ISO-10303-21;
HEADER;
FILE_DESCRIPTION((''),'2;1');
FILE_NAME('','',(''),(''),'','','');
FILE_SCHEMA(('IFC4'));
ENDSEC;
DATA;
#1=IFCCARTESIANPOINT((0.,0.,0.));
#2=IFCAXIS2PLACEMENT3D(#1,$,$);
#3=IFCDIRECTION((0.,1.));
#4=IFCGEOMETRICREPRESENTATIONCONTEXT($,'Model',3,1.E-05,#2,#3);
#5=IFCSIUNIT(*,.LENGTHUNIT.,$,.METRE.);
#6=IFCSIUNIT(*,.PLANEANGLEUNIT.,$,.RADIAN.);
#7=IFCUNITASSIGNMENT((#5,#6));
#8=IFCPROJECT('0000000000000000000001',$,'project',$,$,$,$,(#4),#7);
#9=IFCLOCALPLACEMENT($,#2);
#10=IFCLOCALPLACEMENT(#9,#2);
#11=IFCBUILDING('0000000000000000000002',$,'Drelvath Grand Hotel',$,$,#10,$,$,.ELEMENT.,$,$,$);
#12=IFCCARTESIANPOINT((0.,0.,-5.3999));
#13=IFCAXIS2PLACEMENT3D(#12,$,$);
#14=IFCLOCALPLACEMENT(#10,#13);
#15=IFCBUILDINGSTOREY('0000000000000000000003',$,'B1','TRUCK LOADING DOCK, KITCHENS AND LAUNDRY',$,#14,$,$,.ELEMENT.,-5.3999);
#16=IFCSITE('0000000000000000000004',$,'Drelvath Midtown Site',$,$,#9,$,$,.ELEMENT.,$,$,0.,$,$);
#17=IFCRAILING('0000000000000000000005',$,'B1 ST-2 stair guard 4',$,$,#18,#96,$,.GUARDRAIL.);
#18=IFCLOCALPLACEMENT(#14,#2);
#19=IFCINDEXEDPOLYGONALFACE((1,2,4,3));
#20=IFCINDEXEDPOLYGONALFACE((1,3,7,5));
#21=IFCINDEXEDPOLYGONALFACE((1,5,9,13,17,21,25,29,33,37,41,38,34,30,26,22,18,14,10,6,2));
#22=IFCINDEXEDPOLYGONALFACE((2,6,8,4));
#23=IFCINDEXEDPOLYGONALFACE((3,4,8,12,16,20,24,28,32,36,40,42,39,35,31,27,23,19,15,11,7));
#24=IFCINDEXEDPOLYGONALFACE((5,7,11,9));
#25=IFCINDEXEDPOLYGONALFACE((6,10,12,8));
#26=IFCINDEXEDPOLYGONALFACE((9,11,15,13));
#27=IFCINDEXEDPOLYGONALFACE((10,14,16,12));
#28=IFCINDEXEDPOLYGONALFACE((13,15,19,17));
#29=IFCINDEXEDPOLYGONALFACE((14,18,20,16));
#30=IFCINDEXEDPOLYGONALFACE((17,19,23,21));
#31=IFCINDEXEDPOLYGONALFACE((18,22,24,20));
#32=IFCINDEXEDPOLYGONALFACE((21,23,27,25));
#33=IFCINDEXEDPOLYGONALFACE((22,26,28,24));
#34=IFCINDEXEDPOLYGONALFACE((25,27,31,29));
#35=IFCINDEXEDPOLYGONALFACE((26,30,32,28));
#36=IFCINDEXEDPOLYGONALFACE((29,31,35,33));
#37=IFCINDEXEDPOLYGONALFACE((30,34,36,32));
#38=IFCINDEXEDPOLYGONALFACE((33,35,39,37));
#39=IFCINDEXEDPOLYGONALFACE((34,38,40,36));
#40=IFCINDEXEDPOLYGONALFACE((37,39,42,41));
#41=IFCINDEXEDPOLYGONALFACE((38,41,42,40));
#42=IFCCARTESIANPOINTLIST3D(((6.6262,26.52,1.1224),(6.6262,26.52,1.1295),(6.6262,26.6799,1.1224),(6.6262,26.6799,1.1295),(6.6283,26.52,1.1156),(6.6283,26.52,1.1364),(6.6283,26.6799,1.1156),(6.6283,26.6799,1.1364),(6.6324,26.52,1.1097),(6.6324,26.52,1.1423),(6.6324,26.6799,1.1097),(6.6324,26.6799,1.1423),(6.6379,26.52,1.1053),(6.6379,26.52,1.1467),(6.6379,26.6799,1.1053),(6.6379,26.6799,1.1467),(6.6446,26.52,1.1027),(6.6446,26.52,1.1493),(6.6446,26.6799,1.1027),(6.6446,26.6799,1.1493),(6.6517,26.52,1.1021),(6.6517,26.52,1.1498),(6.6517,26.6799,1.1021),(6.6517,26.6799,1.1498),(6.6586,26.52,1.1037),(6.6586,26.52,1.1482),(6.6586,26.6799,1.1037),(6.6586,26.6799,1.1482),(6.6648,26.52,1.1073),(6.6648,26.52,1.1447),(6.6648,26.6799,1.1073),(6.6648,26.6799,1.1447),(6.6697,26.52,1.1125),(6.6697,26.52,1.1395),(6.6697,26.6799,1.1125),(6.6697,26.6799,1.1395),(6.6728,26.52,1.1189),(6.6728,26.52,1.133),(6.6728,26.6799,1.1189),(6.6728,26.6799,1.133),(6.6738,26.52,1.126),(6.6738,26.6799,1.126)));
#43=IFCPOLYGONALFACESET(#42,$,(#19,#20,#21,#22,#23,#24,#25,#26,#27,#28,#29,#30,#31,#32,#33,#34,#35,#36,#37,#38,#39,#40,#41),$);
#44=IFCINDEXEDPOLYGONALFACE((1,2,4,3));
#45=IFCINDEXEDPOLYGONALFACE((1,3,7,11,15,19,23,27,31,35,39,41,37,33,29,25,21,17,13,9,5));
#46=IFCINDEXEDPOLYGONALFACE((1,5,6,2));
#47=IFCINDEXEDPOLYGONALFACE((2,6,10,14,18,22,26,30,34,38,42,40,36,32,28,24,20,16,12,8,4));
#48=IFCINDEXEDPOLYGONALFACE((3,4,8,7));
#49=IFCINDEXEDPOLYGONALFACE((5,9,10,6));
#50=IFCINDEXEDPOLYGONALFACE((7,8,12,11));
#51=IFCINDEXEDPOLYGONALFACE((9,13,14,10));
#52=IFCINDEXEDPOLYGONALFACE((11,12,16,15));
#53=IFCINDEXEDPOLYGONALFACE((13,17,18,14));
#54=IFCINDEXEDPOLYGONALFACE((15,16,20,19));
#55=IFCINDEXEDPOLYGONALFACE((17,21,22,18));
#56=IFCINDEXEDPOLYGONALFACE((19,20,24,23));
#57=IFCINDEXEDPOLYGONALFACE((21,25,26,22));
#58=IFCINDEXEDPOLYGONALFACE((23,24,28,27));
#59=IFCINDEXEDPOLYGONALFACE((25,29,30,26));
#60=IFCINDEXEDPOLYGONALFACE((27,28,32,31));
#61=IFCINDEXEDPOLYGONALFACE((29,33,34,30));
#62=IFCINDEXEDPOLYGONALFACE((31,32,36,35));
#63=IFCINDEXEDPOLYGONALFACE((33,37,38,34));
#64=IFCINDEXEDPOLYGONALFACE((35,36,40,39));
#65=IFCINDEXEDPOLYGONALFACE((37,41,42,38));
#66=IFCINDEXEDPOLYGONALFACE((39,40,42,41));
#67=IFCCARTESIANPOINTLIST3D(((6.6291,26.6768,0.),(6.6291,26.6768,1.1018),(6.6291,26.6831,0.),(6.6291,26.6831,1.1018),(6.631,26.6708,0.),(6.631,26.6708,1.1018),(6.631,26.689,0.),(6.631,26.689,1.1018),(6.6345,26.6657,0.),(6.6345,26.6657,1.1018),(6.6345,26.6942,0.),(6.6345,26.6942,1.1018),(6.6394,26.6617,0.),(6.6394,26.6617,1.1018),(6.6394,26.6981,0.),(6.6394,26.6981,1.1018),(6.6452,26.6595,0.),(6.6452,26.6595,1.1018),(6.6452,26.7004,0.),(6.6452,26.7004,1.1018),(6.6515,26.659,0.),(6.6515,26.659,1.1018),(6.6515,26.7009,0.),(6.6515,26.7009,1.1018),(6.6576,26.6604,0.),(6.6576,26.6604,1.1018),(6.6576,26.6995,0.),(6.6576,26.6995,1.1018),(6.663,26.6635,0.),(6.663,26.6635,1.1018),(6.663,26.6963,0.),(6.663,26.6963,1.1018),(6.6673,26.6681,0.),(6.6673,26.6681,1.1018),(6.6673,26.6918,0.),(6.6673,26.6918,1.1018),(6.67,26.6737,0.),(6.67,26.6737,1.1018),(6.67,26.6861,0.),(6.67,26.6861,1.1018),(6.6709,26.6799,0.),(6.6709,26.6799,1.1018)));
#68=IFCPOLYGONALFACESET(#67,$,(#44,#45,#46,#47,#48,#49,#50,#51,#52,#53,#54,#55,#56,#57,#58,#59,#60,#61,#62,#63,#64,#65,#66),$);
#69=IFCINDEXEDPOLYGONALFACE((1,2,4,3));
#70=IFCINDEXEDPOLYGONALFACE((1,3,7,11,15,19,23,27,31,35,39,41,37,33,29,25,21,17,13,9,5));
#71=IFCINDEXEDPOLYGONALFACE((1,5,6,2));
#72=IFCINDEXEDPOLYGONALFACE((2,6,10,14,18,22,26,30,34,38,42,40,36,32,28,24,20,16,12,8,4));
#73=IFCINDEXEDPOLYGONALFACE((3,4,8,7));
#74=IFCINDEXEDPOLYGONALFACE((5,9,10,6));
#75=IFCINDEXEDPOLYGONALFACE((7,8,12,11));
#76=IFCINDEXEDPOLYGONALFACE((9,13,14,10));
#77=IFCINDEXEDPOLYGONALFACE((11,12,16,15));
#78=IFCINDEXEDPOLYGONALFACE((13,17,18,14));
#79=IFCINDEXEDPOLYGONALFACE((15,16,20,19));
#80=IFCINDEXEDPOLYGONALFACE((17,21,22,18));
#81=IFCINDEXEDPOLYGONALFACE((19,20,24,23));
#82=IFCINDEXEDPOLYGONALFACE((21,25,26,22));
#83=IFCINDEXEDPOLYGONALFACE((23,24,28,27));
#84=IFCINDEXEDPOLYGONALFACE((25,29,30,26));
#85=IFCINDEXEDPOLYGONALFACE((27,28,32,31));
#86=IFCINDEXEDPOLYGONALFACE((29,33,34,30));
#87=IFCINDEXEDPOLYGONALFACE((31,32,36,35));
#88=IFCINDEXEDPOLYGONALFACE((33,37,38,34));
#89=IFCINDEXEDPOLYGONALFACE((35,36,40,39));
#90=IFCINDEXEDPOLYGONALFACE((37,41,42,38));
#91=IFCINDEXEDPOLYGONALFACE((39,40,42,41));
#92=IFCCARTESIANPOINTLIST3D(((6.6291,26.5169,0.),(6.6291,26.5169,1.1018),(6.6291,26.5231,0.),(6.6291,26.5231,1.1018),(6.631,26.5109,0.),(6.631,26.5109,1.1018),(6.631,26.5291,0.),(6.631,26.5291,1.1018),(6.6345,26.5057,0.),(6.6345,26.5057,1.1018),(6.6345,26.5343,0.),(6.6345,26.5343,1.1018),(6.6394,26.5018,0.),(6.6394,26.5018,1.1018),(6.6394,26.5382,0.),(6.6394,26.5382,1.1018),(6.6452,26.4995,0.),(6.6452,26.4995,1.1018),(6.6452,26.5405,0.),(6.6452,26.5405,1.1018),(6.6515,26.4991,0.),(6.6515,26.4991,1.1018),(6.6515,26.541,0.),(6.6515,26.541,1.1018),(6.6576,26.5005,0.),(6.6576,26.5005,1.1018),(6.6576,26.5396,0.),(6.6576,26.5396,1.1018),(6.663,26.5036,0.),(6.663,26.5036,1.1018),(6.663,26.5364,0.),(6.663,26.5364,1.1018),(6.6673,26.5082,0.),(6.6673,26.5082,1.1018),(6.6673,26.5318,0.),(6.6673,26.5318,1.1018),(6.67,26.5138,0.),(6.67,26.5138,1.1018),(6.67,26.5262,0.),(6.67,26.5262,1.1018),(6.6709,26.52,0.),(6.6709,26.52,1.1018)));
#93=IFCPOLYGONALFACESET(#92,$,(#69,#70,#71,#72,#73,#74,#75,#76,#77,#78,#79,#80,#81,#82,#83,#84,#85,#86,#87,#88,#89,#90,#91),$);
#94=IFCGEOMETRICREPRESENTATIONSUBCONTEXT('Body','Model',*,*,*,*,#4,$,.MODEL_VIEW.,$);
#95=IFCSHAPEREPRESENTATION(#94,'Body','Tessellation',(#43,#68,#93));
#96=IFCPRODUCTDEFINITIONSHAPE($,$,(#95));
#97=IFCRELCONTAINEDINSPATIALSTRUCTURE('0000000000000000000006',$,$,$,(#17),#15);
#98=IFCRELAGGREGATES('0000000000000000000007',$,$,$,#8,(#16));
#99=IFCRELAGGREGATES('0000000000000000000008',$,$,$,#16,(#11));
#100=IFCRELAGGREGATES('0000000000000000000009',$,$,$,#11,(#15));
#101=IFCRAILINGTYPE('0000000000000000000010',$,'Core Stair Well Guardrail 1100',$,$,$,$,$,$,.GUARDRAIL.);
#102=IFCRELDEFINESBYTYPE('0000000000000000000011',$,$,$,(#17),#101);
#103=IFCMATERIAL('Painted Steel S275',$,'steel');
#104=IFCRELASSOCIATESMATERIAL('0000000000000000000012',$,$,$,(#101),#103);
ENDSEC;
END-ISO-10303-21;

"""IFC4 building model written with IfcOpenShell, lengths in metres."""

from ifc_helpers import new_model, si_unit, direction, frame, origin, origin_2d, place, context, subcontext, project, spatial, circle, extrude, material, type_object, element, save


model = new_model("IFC4")

# Units and contexts
model_context = context("Model", 3, precision=1e-05, world=origin(), true_north=direction((0.0, 1.0)))
body_context = subcontext(model_context, "Body", "Model", "MODEL_VIEW")
ifc_project = project(units=[si_unit("LENGTHUNIT", "METRE"), si_unit("PLANEANGLEUNIT", "RADIAN")], contexts=[model_context])

# Site, building, storey
site_placement = place(None, origin())
site = spatial("IfcSite", under=ifc_project, at=site_placement, Name="Drelvath Midtown Site", CompositionType="ELEMENT", RefElevation=0.0)
building_placement = place(site_placement, origin())
building = spatial("IfcBuilding", under=site, at=building_placement, Name="Drelvath Grand Hotel", CompositionType="ELEMENT")
storey_placement = place(building_placement, frame((0.0, 0.0, -5.3999)))
storey = spatial("IfcBuildingStorey", under=building, at=storey_placement, Name="B1", Description="TRUCK LOADING DOCK, KITCHENS AND LAUNDRY", CompositionType="ELEMENT", Elevation=-5.3999)

# Railing
ifc_material_1 = material(Name="Painted Steel S275", Category="steel")
railing_type_1 = type_object("IfcRailingType", Name="Core Stair Well Guardrail 1100", PredefinedType="GUARDRAIL", material=ifc_material_1)
railing_1_placement = place(storey_placement, frame((6.6499, 26.6799, 0.0)))
element("IfcRailing", 1, at=railing_1_placement, inside=storey, type_object=railing_type_1, Name="B1 ST-2 stair guard 4", PredefinedType="GUARDRAIL", context=body_context, shape_type="SweptSolid", body=[
    extrude(circle(Radius=0.0239, at=origin_2d()), frame((0.0, 0.0, 1.126), z_axis=(0.0, -1.0, 0.0), x_axis=(1.0, 0.0, 0.0)), (0.0, 0.0, 1.0), 0.1599),
    extrude(circle(Radius=0.021, at=origin_2d()), origin(), (0.0, 0.0, 1.0), 1.1018),
    extrude(circle(Radius=0.021, at=origin_2d()), frame((0.0, -0.1599, 0.0)), (0.0, 0.0, 1.0), 1.1018),
])

save(model, "model.ifc")
